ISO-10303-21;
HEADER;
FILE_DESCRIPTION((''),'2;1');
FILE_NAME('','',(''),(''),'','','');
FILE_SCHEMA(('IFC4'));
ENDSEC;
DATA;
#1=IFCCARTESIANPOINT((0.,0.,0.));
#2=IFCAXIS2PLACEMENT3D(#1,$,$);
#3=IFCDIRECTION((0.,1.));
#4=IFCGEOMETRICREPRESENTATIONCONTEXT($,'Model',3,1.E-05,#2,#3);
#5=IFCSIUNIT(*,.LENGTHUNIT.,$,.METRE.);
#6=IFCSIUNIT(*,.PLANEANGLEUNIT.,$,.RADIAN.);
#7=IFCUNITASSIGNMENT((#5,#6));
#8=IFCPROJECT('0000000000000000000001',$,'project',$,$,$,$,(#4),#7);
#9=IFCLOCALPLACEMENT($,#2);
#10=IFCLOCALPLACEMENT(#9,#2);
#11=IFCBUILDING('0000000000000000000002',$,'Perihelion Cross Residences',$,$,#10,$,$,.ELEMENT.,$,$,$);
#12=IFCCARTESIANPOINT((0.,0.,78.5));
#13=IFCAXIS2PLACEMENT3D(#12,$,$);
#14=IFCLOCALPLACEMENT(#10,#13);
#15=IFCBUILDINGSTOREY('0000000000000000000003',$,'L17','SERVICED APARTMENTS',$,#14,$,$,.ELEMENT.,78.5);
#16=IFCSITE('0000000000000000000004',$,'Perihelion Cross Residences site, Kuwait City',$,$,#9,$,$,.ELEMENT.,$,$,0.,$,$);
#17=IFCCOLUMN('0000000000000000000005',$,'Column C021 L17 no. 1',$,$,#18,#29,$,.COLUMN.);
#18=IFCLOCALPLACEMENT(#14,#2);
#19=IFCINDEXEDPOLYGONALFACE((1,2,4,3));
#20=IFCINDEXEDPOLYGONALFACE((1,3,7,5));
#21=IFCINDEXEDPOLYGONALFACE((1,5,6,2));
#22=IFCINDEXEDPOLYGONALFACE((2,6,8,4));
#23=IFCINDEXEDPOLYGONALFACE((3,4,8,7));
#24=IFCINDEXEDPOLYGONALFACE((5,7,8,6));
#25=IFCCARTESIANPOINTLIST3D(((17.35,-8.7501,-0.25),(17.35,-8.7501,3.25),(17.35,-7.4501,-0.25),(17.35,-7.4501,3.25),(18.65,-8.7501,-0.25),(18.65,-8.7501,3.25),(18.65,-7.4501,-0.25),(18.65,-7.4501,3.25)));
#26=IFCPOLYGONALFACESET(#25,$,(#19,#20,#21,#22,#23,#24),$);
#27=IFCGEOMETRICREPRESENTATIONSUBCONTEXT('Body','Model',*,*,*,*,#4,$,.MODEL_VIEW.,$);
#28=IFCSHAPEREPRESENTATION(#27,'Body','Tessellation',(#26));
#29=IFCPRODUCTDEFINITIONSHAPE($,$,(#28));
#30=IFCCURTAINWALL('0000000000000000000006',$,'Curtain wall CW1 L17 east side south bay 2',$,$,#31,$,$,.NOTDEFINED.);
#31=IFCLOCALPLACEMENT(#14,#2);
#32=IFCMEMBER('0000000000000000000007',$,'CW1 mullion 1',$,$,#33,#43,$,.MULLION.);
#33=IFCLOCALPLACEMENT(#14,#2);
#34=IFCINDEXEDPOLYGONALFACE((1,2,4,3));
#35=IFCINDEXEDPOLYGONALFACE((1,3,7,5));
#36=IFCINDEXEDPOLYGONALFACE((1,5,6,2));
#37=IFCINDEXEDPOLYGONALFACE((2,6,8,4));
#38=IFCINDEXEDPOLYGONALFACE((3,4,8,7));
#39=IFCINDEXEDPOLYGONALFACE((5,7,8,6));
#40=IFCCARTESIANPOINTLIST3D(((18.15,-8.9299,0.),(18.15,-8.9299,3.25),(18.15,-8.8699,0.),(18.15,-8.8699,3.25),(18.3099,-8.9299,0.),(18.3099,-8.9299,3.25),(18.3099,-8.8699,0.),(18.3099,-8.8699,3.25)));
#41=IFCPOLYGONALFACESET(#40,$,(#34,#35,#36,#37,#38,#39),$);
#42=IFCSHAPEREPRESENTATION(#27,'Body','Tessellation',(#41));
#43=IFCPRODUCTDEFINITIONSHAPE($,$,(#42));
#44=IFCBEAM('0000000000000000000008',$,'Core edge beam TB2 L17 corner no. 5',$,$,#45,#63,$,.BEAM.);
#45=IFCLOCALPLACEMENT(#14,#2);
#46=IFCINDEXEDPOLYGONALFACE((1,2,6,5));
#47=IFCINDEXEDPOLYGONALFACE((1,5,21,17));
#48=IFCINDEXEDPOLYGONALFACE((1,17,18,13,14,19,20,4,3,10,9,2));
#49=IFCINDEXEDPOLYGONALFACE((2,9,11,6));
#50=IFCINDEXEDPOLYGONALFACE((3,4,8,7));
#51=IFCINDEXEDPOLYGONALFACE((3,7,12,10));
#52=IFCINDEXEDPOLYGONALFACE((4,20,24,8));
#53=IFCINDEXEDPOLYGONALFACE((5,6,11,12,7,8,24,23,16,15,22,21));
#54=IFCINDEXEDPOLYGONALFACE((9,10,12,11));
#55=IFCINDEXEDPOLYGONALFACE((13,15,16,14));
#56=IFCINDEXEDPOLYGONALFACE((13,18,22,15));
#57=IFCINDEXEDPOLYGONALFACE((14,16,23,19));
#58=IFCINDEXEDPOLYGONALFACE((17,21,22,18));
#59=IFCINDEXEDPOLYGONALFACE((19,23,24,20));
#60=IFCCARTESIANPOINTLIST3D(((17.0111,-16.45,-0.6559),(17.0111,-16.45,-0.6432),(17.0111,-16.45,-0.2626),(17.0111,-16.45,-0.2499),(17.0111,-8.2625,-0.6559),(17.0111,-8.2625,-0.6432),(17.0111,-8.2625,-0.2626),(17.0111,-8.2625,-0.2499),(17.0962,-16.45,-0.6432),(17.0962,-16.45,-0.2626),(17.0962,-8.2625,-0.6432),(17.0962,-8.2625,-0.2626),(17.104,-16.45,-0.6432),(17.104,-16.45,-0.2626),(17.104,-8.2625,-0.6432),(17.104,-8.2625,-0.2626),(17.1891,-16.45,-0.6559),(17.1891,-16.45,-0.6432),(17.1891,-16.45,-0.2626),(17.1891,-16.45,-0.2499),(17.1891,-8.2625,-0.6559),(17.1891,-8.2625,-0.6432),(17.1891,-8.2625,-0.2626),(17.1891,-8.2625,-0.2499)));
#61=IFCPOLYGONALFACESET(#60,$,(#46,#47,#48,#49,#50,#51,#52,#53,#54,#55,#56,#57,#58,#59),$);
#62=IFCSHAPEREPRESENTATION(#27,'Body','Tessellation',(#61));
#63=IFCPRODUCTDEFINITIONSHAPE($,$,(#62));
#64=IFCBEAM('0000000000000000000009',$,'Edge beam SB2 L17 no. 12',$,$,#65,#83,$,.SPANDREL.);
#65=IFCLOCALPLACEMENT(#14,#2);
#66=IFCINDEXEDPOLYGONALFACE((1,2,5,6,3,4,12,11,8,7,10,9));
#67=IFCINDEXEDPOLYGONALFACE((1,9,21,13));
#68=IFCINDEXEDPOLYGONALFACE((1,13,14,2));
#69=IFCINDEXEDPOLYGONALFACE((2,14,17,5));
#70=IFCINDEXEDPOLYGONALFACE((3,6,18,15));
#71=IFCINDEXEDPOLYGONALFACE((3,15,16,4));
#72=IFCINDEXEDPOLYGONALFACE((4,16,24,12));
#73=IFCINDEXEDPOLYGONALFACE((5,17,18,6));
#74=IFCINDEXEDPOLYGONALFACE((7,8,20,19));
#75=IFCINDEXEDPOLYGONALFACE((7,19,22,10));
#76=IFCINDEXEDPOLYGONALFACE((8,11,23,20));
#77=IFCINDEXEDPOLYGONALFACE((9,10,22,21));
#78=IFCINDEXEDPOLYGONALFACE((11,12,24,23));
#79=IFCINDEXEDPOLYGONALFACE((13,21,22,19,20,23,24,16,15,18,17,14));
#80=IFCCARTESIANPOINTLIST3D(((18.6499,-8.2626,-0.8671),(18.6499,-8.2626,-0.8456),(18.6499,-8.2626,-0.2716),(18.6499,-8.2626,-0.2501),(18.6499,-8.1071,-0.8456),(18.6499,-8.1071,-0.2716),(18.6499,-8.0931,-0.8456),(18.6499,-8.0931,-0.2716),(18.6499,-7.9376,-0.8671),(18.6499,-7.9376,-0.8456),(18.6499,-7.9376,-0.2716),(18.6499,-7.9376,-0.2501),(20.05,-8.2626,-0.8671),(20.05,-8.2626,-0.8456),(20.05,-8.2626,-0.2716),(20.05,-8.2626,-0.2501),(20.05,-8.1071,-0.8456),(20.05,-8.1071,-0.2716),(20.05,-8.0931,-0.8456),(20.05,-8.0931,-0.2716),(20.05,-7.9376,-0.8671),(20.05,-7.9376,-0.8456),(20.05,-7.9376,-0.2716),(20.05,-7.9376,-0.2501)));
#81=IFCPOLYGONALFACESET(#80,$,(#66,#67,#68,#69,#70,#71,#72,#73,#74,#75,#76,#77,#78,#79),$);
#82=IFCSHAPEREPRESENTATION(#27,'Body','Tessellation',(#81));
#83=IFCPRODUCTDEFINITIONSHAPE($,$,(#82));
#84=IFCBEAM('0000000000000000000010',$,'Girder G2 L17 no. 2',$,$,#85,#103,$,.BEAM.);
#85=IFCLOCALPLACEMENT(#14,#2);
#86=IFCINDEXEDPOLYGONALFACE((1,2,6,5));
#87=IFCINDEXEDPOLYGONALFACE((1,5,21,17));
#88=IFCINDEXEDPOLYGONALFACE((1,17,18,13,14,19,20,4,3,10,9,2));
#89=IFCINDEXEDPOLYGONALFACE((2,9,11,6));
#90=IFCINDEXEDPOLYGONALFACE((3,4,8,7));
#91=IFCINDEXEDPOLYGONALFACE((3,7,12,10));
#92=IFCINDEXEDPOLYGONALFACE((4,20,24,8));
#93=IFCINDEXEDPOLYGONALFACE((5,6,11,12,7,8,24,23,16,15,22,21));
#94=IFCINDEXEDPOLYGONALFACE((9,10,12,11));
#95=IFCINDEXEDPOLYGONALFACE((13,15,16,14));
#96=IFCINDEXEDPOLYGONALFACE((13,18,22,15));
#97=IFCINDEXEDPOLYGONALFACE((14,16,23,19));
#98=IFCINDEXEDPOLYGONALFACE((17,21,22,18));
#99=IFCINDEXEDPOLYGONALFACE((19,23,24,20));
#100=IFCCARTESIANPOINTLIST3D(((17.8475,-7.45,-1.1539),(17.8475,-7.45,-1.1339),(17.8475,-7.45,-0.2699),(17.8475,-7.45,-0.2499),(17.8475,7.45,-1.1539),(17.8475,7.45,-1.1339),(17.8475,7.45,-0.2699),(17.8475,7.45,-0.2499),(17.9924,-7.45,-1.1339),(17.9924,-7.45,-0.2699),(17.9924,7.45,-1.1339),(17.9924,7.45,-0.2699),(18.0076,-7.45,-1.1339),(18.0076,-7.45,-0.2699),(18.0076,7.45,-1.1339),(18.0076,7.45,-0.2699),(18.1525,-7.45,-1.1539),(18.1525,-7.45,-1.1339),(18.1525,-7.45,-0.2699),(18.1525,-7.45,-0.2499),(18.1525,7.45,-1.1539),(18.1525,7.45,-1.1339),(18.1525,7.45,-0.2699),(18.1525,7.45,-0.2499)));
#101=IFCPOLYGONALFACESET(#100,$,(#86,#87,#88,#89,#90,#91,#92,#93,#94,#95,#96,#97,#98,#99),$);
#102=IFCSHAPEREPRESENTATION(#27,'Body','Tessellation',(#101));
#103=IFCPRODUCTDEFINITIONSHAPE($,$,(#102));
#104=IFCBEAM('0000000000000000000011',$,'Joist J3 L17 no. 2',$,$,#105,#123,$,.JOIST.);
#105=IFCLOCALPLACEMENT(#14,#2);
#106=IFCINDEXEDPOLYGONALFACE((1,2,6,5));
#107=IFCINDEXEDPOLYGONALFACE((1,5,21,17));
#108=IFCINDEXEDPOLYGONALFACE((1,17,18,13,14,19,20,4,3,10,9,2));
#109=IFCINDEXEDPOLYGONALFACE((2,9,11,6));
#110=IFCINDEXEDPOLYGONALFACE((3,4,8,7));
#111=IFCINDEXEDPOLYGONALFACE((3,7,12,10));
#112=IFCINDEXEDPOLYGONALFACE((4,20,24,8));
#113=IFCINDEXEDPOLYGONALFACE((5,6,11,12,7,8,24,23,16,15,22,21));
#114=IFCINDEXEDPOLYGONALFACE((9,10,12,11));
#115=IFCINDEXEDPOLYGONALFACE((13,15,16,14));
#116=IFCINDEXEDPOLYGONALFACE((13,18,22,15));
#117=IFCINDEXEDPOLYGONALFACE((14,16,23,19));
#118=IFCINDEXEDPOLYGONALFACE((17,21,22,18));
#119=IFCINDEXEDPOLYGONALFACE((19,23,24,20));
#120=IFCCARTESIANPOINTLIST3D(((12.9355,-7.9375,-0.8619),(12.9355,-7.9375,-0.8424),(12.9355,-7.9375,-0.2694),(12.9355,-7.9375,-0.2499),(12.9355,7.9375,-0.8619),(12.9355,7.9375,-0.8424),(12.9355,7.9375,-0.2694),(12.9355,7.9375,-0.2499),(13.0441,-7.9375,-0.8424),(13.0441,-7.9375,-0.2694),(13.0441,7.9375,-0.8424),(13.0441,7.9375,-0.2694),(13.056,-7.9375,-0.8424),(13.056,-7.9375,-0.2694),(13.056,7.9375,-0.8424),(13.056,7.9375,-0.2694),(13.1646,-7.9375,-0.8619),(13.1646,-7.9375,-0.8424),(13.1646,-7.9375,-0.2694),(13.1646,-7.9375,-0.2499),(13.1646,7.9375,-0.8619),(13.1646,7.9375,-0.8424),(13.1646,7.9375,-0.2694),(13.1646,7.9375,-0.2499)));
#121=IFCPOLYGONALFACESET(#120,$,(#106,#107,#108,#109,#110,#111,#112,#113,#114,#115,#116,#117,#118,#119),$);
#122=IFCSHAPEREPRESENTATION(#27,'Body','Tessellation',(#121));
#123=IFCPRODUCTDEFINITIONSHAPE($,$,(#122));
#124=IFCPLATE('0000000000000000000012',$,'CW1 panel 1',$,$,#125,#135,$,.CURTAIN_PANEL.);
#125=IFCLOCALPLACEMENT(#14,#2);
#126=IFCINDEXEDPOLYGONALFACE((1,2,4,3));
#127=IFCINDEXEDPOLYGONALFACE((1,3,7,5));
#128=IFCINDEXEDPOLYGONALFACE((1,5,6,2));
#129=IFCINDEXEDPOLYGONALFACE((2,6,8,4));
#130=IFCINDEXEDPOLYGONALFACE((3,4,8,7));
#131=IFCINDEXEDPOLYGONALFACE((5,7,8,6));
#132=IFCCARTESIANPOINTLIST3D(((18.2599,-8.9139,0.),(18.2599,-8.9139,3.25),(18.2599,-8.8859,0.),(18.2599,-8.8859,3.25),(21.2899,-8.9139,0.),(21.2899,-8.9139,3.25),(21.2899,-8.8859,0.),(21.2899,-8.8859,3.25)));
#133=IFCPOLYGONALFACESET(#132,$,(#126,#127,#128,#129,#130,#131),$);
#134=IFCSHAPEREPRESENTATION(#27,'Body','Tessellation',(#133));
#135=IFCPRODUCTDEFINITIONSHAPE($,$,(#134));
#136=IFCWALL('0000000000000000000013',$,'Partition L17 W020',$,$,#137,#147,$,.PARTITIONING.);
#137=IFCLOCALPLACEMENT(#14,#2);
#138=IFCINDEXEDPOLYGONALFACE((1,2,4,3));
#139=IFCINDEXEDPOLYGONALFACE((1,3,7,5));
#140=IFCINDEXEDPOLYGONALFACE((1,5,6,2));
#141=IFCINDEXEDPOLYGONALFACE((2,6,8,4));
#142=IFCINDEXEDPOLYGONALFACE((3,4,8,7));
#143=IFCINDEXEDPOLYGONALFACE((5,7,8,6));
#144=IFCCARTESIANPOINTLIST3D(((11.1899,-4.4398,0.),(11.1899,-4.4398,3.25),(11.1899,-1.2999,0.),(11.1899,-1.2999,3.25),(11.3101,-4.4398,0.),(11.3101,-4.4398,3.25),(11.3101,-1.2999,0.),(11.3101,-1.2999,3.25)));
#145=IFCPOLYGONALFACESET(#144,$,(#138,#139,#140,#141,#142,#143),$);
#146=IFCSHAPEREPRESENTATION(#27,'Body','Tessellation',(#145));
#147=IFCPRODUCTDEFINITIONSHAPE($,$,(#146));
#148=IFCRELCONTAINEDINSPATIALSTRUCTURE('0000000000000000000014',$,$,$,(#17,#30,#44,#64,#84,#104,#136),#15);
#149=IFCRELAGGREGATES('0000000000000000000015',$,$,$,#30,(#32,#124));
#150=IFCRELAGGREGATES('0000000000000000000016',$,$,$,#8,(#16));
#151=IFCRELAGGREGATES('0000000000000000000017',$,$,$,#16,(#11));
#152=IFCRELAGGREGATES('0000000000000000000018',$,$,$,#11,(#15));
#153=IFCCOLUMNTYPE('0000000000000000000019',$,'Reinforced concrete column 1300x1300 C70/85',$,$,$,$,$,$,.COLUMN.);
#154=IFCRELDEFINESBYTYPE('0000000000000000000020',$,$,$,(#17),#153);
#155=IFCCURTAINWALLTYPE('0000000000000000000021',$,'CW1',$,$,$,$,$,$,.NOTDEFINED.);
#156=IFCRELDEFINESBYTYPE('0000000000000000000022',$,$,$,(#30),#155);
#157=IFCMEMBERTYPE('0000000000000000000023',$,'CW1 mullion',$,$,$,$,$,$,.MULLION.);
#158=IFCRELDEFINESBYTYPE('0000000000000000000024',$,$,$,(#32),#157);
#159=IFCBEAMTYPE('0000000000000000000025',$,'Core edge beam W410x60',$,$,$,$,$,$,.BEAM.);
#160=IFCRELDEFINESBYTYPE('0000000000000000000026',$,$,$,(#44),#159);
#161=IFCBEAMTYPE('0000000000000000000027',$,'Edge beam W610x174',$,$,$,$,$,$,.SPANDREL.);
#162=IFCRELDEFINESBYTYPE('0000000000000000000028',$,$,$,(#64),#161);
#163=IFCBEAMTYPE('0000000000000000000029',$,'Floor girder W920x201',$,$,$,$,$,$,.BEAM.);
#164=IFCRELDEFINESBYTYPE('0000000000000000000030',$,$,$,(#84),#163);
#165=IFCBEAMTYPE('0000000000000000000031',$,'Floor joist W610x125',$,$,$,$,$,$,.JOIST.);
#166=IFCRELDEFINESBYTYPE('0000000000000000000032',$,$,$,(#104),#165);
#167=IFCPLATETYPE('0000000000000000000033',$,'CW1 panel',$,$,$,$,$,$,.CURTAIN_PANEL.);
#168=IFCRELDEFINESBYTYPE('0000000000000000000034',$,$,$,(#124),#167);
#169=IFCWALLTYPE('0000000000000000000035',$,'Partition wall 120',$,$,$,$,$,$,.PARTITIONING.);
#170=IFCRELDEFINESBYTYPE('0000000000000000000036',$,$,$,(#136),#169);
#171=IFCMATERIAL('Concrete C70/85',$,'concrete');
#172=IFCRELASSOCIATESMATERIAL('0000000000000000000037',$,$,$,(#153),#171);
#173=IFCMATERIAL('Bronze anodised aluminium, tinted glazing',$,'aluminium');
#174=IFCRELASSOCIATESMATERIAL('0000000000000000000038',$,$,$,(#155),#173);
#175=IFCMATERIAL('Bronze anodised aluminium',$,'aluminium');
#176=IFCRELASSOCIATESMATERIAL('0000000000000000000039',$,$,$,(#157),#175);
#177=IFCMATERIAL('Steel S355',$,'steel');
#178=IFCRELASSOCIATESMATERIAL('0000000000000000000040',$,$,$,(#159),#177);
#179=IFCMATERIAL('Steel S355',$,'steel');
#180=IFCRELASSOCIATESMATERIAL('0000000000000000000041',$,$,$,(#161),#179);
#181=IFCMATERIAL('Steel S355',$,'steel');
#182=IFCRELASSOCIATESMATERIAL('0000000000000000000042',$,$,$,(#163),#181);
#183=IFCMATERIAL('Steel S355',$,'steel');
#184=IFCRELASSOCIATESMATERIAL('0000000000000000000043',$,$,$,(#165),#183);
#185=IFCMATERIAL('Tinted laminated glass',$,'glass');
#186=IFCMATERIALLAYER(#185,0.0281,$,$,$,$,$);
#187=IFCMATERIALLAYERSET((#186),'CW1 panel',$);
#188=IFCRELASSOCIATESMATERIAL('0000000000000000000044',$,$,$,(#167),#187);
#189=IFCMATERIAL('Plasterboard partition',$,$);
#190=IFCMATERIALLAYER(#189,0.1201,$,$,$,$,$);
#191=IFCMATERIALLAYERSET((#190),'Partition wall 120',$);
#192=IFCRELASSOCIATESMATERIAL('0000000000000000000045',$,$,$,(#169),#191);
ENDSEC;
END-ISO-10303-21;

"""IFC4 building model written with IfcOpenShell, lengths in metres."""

from ifc_helpers import new_model, si_unit, direction, frame, frame_2d, origin, origin_2d, place, context, subcontext, project, spatial, rectangle, i_section, extrude, material, layer, layer_set, material_profile, profile_set, type_object, element, aggregate, save


model = new_model("IFC4")

# Units and contexts
model_context = context("Model", 3, precision=1e-05, world=origin(), true_north=direction((0.0, 1.0)))
body_context = subcontext(model_context, "Body", "Model", "MODEL_VIEW")
ifc_project = project(units=[si_unit("LENGTHUNIT", "METRE"), si_unit("PLANEANGLEUNIT", "RADIAN")], contexts=[model_context])

# Site, building, storey
site_placement = place(None, origin())
site = spatial("IfcSite", under=ifc_project, at=site_placement, Name="Perihelion Cross Residences site, Kuwait City", CompositionType="ELEMENT", RefElevation=0.0)
building_placement = place(site_placement, origin())
building = spatial("IfcBuilding", under=site, at=building_placement, Name="Perihelion Cross Residences", CompositionType="ELEMENT")
storey_placement = place(building_placement, frame((0.0, 0.0, 78.5)))
storey = spatial("IfcBuildingStorey", under=building, at=storey_placement, Name="L17", Description="SERVICED APARTMENTS", CompositionType="ELEMENT", Elevation=78.5)

# Column
ifc_material_1 = material(Name="Concrete C70/85", Category="concrete")
ifc_material_profile_1 = material_profile(ifc_material_1, rectangle(XDim=1.3, YDim=1.3, at=origin_2d()), Name="RC 1300x1300")
ifc_profile_set_1 = profile_set([ifc_material_profile_1], Name="Concrete C70/85")
column_type = type_object("IfcColumnType", Name="Reinforced concrete column 1300x1300 C70/85", PredefinedType="COLUMN", material=ifc_profile_set_1)
column_placement = place(storey_placement, frame((18.0, -8.1001, -0.25), z_axis=(0.0, 0.0, 1.0), x_axis=(1.0, 0.0, 0.0)))
element("IfcColumn", 1, at=column_placement, inside=storey, type_object=column_type, Name="Column C021 L17 no. 1", PredefinedType="COLUMN", context=body_context, shape_type="SweptSolid", body=[
    extrude(rectangle(XDim=1.3, YDim=1.3, at=origin_2d()), origin(), (0.0, 0.0, 1.0), 3.5),
])

# Curtain wall, member
ifc_material_2 = material(Name="Bronze anodised aluminium, tinted glazing", Category="aluminium")
curtain_wall_type = type_object("IfcCurtainWallType", Name="CW1", PredefinedType="NOTDEFINED", material=ifc_material_2)
curtain_wall_placement = place(storey_placement, origin())
curtain_wall = element("IfcCurtainWall", 2, at=curtain_wall_placement, inside=storey, type_object=curtain_wall_type, Name="Curtain wall CW1 L17 east side south bay 2", PredefinedType="NOTDEFINED")
ifc_material_3 = material(Name="Bronze anodised aluminium", Category="aluminium")
ifc_material_profile_2 = material_profile(ifc_material_3, rectangle(XDim=0.0601, YDim=0.1599, at=origin_2d()), Name="CW1 mullion")
ifc_profile_set_2 = profile_set([ifc_material_profile_2], Name="Bronze anodised aluminium")
member_type = type_object("IfcMemberType", Name="CW1 mullion", PredefinedType="MULLION", material=ifc_profile_set_2)
member_placement = place(storey_placement, frame((18.23, -8.8999, 0.0), z_axis=(0.0, 0.0, 1.0), x_axis=(0.0, 1.0, 0.0)))
member = element("IfcMember", 3, at=member_placement, type_object=member_type, Name="CW1 mullion 1", PredefinedType="MULLION", context=body_context, shape_type="SweptSolid", body=[
    extrude(rectangle(XDim=0.0601, YDim=0.1599, at=origin_2d()), origin(), (0.0, 0.0, 1.0), 3.25),
])

# Beams
ifc_material_4 = material(Name="Steel S355", Category="steel")
ifc_material_profile_3 = material_profile(ifc_material_4, i_section(OverallWidth=0.178, OverallDepth=0.406, WebThickness=0.0078, FlangeThickness=0.0127, at=origin_2d()), Name="W410x60")
ifc_profile_set_3 = profile_set([ifc_material_profile_3], Name="Steel S355")
beam_type_1 = type_object("IfcBeamType", Name="Core edge beam W410x60", PredefinedType="BEAM", material=ifc_profile_set_3)
beam_1_placement = place(storey_placement, frame((17.1001, -8.2625, -0.4529), z_axis=(0.0, -1.0, 0.0), x_axis=(1.0, 0.0, 0.0)))
element("IfcBeam", 4, at=beam_1_placement, inside=storey, type_object=beam_type_1, Name="Core edge beam TB2 L17 corner no. 5", PredefinedType="BEAM", context=body_context, shape_type="SweptSolid", body=[
    extrude(i_section(OverallWidth=0.178, OverallDepth=0.406, WebThickness=0.0078, FlangeThickness=0.0127, at=origin_2d()), origin(), (0.0, 0.0, 1.0), 8.1875),
])
ifc_material_5 = material(Name="Steel S355", Category="steel")
ifc_material_profile_4 = material_profile(ifc_material_5, i_section(OverallWidth=0.325, OverallDepth=0.6169, WebThickness=0.0139, FlangeThickness=0.0215, at=origin_2d()), Name="W610x174")
ifc_profile_set_4 = profile_set([ifc_material_profile_4], Name="Steel S355")
beam_type_2 = type_object("IfcBeamType", Name="Edge beam W610x174", PredefinedType="SPANDREL", material=ifc_profile_set_4)
beam_2_placement = place(storey_placement, frame((18.6499, -8.1001, -0.5586), z_axis=(1.0, 0.0, 0.0), x_axis=(0.0, 1.0, 0.0)))
element("IfcBeam", 5, at=beam_2_placement, inside=storey, type_object=beam_type_2, Name="Edge beam SB2 L17 no. 12", PredefinedType="SPANDREL", context=body_context, shape_type="SweptSolid", body=[
    extrude(i_section(OverallWidth=0.325, OverallDepth=0.6169, WebThickness=0.0139, FlangeThickness=0.0215, at=origin_2d()), origin(), (0.0, 0.0, 1.0), 1.4001),
])
ifc_material_6 = material(Name="Steel S355", Category="steel")
ifc_material_profile_5 = material_profile(ifc_material_6, i_section(OverallWidth=0.3049, OverallDepth=0.9041, WebThickness=0.0151, FlangeThickness=0.02, at=origin_2d()), Name="W920x201")
ifc_profile_set_5 = profile_set([ifc_material_profile_5], Name="Steel S355")
beam_type_3 = type_object("IfcBeamType", Name="Floor girder W920x201", PredefinedType="BEAM", material=ifc_profile_set_5)
beam_3_placement = place(storey_placement, frame((18.0, -7.45, -0.7019), z_axis=(0.0, 1.0, 0.0), x_axis=(-1.0, 0.0, 0.0)))
element("IfcBeam", 6, at=beam_3_placement, inside=storey, type_object=beam_type_3, Name="Girder G2 L17 no. 2", PredefinedType="BEAM", context=body_context, shape_type="SweptSolid", body=[
    extrude(i_section(OverallWidth=0.3049, OverallDepth=0.9041, WebThickness=0.0151, FlangeThickness=0.02, at=origin_2d()), origin(), (0.0, 0.0, 1.0), 14.8999),
])
ifc_material_7 = material(Name="Steel S355", Category="steel")
ifc_material_profile_6 = material_profile(ifc_material_7, i_section(OverallWidth=0.229, OverallDepth=0.6121, WebThickness=0.012, FlangeThickness=0.0195, at=origin_2d()), Name="W610x125")
ifc_profile_set_6 = profile_set([ifc_material_profile_6], Name="Steel S355")
beam_type_4 = type_object("IfcBeamType", Name="Floor joist W610x125", PredefinedType="JOIST", material=ifc_profile_set_6)
beam_4_placement = place(storey_placement, frame((13.05, -7.9375, -0.5559), z_axis=(0.0, 1.0, 0.0), x_axis=(-1.0, 0.0, 0.0)))
element("IfcBeam", 7, at=beam_4_placement, inside=storey, type_object=beam_type_4, Name="Joist J3 L17 no. 2", PredefinedType="JOIST", context=body_context, shape_type="SweptSolid", body=[
    extrude(i_section(OverallWidth=0.229, OverallDepth=0.6121, WebThickness=0.012, FlangeThickness=0.0195, at=origin_2d()), origin(), (0.0, 0.0, 1.0), 15.875),
])

# Plate
ifc_material_8 = material(Name="Tinted laminated glass", Category="glass")
ifc_layer_1 = layer(ifc_material_8, 0.0281)
ifc_layer_set_1 = layer_set([ifc_layer_1], Name="CW1 panel")
plate_type = type_object("IfcPlateType", Name="CW1 panel", PredefinedType="CURTAIN_PANEL", material=ifc_layer_set_1)
plate_placement = place(storey_placement, frame((19.7749, -8.8999, 0.0), z_axis=(0.0, 0.0, 1.0), x_axis=(1.0, 0.0, 0.0)))
plate = element("IfcPlate", 8, at=plate_placement, type_object=plate_type, Name="CW1 panel 1", PredefinedType="CURTAIN_PANEL", context=body_context, shape_type="SweptSolid", body=[
    extrude(rectangle(XDim=3.03, YDim=0.0281, at=origin_2d()), origin(), (0.0, 0.0, 1.0), 3.25),
])
aggregate(curtain_wall, [member, plate])

# Wall
ifc_material_9 = material(Name="Plasterboard partition")
ifc_layer_2 = layer(ifc_material_9, 0.1201)
ifc_layer_set_2 = layer_set([ifc_layer_2], Name="Partition wall 120")
wall_type_1 = type_object("IfcWallType", Name="Partition wall 120", PredefinedType="PARTITIONING", material=ifc_layer_set_2)
wall_1_placement = place(storey_placement, frame((11.25, -1.3, 0.0), z_axis=(0.0, 0.0, 1.0), x_axis=(0.0, -1.0, 0.0)))
element("IfcWall", 9, at=wall_1_placement, inside=storey, type_object=wall_type_1, Name="Partition L17 W020", PredefinedType="PARTITIONING", context=body_context, shape_type="SweptSolid", body=[
    extrude(rectangle(XDim=3.1399, YDim=0.1201, at=frame_2d((1.5698, 0.0))), origin(), (0.0, 0.0, 1.0), 3.25),
])

save(model, "model.ifc")
